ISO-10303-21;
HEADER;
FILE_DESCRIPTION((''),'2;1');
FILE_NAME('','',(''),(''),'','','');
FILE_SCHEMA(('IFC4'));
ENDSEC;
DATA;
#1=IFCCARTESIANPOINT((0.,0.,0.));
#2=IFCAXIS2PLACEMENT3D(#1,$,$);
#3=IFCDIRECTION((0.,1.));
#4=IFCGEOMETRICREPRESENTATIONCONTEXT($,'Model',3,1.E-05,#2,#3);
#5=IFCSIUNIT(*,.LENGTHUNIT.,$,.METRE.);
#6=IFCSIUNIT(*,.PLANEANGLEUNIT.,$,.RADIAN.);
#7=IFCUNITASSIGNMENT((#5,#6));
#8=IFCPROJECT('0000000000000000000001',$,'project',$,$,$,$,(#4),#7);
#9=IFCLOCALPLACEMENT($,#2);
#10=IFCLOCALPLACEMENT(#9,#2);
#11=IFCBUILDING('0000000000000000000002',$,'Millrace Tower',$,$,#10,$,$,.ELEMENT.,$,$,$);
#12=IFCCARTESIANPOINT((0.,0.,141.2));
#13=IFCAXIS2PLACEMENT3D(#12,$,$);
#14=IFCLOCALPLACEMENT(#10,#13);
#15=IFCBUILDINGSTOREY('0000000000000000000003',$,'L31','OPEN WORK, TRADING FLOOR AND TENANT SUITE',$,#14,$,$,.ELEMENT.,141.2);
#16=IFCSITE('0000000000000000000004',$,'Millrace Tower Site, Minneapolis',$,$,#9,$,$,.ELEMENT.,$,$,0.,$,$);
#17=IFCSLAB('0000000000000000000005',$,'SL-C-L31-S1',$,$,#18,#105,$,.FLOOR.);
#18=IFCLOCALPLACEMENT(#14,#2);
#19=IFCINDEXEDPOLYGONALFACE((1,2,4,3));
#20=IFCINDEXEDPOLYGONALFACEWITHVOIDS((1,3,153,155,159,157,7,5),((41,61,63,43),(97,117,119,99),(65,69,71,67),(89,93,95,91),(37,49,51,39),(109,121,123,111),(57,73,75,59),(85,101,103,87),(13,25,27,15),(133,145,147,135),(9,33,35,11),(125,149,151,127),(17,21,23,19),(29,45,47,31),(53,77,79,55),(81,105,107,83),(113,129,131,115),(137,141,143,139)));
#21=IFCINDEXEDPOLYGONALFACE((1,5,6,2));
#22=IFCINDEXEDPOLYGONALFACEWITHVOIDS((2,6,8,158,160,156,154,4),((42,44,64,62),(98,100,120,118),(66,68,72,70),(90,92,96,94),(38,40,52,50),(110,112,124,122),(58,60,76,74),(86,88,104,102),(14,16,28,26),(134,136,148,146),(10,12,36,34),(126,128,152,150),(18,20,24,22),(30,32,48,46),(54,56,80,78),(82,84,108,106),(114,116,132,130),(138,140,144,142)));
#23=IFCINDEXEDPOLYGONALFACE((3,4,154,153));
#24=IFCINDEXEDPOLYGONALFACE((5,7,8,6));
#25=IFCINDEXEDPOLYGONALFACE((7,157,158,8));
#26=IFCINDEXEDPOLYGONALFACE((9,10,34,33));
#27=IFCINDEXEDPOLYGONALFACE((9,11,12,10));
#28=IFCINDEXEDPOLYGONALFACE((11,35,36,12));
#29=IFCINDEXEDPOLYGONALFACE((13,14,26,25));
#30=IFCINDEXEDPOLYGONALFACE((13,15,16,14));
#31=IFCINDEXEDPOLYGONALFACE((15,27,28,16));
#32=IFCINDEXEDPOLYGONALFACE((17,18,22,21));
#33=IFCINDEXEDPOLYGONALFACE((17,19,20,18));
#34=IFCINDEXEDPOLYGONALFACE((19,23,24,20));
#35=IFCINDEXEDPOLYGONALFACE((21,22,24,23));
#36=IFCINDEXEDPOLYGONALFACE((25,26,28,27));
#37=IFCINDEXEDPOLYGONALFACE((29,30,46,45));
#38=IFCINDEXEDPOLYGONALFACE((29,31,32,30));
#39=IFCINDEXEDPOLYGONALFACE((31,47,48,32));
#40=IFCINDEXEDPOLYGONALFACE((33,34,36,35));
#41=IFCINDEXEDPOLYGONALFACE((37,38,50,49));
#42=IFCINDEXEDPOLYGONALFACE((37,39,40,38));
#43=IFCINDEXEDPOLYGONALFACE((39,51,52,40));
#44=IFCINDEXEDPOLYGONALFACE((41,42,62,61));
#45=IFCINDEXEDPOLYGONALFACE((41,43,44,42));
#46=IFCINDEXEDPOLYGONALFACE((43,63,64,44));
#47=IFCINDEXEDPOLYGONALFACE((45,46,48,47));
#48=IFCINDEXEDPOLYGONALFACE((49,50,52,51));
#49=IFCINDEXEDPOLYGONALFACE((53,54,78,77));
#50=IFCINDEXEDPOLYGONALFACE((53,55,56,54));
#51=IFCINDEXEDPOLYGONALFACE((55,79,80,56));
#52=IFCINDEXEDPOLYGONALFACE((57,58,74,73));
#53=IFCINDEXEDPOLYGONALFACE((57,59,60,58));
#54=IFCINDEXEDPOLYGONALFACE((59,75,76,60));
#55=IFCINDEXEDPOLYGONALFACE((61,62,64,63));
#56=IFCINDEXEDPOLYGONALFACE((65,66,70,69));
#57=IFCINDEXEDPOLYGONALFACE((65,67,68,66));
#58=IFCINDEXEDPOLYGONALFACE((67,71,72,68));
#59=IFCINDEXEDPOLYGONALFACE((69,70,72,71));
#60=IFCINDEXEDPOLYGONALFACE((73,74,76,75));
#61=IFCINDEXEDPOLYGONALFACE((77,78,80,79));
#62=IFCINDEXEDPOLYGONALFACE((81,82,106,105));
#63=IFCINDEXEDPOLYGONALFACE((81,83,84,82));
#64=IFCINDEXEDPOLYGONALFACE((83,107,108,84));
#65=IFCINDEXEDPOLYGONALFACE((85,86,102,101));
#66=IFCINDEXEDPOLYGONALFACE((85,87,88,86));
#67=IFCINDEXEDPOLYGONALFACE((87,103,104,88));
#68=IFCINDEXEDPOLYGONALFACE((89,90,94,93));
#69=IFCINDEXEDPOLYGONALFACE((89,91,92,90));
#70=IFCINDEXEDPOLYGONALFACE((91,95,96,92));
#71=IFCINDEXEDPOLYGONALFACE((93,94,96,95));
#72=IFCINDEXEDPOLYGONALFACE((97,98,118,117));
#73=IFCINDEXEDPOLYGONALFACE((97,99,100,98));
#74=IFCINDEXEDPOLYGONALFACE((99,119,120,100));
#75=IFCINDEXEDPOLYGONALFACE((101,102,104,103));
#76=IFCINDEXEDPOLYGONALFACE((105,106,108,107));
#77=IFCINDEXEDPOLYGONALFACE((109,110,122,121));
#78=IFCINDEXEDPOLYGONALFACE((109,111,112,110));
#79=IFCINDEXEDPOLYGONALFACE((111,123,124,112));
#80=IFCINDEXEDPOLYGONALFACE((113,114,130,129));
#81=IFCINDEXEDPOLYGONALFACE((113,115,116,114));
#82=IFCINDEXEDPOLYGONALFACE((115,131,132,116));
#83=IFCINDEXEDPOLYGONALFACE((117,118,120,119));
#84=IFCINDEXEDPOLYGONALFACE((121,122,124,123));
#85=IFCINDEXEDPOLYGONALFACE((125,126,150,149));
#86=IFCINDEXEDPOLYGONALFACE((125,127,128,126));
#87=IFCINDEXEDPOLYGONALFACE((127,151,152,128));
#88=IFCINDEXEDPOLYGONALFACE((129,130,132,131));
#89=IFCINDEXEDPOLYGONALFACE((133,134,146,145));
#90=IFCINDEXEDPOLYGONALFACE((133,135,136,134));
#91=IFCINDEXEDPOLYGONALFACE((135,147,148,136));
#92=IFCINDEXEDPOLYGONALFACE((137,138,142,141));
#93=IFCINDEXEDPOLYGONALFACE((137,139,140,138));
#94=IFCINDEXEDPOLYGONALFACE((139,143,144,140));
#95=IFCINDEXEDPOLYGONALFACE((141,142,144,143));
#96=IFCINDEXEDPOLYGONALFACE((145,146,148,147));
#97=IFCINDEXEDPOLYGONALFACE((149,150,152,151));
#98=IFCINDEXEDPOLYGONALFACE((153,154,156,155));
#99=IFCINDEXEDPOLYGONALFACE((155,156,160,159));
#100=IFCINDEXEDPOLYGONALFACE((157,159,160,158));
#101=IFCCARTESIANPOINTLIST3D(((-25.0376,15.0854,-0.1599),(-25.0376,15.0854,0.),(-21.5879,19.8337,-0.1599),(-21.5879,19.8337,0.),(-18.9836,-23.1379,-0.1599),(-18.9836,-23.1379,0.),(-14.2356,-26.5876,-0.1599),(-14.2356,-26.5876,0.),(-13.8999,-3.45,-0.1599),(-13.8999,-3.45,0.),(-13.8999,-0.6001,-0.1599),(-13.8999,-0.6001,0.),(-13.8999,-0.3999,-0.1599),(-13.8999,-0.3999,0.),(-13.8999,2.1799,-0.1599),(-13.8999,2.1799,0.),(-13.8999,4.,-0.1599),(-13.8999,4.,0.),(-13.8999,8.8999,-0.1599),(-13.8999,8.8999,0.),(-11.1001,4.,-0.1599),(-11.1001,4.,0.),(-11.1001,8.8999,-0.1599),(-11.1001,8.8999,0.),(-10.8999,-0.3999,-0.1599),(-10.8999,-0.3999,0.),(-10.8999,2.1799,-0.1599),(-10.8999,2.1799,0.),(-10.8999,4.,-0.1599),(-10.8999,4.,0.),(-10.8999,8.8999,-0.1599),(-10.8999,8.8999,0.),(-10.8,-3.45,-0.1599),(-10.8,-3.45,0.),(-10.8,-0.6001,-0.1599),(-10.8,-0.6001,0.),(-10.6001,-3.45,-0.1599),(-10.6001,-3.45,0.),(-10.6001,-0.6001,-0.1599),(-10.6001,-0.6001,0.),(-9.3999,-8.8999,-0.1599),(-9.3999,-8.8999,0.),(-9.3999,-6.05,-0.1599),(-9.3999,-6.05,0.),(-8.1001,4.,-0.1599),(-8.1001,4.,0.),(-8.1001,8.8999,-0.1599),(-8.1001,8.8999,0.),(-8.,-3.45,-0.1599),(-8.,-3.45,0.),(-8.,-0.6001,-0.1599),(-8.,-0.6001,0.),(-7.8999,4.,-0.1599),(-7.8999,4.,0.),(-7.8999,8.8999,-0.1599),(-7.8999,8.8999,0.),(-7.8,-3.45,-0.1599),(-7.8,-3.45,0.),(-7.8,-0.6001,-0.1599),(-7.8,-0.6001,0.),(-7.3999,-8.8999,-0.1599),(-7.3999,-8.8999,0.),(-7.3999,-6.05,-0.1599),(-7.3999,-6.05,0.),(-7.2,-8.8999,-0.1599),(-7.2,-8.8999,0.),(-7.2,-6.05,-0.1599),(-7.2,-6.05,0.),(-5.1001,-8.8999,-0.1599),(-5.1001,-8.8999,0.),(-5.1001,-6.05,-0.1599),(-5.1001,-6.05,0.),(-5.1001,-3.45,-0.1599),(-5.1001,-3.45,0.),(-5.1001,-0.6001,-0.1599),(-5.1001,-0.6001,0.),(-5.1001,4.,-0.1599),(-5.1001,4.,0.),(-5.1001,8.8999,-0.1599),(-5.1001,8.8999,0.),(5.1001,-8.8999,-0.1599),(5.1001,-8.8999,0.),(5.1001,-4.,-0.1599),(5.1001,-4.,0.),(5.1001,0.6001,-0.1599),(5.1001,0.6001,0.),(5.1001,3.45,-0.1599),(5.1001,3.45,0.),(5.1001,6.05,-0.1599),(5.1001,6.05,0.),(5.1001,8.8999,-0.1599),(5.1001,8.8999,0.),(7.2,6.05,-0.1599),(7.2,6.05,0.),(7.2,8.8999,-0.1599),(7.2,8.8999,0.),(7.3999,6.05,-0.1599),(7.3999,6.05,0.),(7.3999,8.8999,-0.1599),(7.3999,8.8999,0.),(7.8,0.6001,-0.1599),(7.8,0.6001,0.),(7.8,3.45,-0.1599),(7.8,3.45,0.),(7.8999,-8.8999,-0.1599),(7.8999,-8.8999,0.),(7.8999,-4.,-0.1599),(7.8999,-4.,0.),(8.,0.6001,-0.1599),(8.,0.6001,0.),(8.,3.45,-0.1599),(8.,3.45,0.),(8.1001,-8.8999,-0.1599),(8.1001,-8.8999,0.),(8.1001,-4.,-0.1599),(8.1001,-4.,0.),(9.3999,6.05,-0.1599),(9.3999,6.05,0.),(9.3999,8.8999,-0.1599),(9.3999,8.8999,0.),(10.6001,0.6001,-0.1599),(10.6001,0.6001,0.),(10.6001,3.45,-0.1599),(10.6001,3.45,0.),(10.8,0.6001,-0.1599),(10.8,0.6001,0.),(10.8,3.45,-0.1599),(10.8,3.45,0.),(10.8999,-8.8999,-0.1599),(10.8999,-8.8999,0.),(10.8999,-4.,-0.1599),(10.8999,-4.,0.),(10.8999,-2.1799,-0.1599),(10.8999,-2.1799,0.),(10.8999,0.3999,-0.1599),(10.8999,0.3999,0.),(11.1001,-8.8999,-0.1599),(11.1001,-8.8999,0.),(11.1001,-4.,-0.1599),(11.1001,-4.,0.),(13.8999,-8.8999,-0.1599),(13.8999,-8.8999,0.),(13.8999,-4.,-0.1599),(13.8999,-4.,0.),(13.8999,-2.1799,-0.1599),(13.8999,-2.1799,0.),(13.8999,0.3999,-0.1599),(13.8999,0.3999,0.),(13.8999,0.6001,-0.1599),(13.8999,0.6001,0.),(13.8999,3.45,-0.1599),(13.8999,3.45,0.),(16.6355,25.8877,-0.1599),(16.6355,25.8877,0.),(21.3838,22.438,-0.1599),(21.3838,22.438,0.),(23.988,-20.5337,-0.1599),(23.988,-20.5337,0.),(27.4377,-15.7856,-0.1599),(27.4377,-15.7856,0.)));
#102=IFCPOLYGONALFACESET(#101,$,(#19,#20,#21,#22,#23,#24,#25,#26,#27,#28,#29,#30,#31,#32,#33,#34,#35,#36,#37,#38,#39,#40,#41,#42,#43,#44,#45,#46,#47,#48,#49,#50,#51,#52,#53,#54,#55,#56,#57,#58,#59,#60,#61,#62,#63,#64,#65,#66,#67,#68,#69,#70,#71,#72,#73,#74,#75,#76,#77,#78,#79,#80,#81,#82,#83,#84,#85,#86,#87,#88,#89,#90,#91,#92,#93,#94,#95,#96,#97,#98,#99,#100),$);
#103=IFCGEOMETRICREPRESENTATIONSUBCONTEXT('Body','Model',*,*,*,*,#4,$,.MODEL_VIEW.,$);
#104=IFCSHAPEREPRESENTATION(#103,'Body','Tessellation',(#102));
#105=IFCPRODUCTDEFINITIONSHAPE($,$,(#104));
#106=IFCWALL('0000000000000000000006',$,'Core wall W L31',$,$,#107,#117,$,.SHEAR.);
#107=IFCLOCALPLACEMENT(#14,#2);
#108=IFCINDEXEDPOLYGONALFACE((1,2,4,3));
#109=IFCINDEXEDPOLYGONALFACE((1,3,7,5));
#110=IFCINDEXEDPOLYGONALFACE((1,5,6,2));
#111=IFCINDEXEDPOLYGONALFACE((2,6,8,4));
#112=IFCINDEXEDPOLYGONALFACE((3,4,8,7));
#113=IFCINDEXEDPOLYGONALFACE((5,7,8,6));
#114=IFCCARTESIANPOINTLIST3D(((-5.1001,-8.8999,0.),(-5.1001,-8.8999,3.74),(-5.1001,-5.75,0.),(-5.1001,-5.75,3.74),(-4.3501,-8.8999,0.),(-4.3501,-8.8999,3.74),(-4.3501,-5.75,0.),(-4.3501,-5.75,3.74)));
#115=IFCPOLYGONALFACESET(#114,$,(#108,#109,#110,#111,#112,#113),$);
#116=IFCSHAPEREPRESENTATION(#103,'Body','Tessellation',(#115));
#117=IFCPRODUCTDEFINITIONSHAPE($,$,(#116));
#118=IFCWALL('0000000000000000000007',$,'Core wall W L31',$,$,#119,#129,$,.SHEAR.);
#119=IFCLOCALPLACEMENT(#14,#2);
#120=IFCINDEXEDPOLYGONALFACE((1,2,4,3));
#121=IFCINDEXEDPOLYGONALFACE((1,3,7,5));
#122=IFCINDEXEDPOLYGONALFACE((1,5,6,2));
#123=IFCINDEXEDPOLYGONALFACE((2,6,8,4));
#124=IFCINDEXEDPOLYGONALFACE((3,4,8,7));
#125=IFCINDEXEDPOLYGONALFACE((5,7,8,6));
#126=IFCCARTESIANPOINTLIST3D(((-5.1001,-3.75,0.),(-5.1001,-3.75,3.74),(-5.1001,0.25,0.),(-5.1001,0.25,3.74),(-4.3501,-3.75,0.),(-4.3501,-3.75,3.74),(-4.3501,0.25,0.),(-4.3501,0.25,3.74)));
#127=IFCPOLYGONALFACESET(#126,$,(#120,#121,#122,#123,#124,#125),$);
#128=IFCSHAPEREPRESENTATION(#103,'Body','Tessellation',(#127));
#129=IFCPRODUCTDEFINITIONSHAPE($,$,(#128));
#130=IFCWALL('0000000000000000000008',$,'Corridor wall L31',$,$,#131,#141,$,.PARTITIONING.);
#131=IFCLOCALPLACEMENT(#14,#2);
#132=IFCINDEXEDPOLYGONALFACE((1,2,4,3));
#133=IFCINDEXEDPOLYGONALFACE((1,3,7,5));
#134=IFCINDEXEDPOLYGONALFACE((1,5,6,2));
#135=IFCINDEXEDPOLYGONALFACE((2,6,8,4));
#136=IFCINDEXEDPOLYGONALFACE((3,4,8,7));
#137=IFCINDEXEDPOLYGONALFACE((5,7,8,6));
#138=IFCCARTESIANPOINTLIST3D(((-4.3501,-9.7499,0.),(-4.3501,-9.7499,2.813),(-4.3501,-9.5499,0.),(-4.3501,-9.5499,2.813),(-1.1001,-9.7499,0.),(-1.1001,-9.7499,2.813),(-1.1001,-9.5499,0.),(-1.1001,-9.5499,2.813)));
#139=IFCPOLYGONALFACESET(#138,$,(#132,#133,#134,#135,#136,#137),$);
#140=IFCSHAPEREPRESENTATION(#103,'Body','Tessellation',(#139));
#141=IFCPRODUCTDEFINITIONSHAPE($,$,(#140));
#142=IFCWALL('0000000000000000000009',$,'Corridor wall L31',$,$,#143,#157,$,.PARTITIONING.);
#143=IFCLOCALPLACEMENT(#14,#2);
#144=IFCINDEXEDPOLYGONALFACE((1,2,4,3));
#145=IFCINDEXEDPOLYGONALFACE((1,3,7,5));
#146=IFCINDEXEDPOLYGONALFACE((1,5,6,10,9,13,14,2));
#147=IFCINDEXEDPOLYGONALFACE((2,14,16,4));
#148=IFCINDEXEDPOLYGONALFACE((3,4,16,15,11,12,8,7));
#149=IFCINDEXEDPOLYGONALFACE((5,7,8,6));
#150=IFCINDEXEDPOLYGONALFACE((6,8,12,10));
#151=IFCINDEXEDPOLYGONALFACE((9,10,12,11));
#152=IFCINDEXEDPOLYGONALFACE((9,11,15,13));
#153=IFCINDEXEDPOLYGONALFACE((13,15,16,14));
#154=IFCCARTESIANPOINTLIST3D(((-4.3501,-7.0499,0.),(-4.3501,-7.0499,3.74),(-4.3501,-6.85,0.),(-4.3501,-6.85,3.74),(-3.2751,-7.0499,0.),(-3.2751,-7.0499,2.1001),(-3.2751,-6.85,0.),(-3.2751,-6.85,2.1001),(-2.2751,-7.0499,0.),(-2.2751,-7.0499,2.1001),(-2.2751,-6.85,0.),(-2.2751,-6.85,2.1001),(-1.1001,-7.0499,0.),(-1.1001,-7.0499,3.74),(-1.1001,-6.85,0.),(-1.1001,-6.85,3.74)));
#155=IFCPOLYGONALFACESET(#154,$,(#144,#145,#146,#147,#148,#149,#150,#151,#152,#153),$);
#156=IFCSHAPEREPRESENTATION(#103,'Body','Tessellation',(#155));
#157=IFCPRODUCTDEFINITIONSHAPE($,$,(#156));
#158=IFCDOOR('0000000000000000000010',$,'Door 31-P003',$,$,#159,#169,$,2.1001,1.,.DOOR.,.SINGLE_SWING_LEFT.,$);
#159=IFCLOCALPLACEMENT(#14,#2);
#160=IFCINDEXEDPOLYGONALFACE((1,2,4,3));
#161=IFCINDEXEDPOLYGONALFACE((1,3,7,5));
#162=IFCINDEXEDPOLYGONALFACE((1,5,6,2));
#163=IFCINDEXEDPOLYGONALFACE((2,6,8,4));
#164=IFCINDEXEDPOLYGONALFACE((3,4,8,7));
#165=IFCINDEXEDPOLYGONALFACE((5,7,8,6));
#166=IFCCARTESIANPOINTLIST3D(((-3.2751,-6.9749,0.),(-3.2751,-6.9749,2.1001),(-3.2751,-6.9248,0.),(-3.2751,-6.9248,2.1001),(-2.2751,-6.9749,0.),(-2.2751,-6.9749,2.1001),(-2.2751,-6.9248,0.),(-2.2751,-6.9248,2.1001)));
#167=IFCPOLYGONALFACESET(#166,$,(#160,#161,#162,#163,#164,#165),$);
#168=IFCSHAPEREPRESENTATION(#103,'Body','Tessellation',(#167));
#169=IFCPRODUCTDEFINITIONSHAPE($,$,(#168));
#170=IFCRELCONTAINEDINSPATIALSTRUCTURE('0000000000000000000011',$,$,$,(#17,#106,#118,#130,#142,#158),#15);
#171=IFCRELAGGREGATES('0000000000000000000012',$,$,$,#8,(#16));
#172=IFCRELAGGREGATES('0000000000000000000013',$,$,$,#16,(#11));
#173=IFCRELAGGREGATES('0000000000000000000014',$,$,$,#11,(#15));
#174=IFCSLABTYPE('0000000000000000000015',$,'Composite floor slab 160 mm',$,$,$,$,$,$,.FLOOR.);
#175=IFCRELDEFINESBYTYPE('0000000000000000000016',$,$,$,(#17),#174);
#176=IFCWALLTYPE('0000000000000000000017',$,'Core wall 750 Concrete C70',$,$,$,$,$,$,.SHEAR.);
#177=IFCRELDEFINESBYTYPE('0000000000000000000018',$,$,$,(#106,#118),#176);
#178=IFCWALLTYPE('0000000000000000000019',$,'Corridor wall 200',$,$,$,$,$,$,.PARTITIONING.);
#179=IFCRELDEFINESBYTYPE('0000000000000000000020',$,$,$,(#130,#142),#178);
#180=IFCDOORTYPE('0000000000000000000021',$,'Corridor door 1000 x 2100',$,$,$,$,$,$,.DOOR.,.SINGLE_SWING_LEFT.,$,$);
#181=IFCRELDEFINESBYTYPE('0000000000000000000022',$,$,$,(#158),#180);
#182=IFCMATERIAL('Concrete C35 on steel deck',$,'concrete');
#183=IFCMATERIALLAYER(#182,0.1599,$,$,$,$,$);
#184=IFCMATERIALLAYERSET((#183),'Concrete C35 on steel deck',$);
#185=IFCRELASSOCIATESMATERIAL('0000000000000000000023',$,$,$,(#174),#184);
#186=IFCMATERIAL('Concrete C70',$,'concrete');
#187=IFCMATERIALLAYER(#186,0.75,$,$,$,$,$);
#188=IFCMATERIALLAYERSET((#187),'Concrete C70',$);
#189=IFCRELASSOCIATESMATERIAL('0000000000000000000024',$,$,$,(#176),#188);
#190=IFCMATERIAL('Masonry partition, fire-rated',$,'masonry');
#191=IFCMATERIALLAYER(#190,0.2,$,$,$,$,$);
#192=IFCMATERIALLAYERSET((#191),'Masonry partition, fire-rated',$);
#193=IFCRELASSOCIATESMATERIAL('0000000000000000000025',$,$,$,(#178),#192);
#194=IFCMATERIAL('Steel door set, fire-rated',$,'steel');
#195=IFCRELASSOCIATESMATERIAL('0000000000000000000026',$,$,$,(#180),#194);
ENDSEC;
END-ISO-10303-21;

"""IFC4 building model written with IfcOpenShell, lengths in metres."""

from ifc_helpers import new_model, si_unit, direction, frame, frame_2d, origin, place, context, subcontext, project, spatial, polyline, rectangle, outline, extrude, material, layer, layer_set, type_object, element, fill, save


model = new_model("IFC4")

# Units and contexts
model_context = context("Model", 3, precision=1e-05, world=origin(), true_north=direction((0.0, 1.0)))
body_context = subcontext(model_context, "Body", "Model", "MODEL_VIEW")
ifc_project = project(units=[si_unit("LENGTHUNIT", "METRE"), si_unit("PLANEANGLEUNIT", "RADIAN")], contexts=[model_context])

# Site, building, storey
site_placement = place(None, origin())
site = spatial("IfcSite", under=ifc_project, at=site_placement, Name="Millrace Tower Site, Minneapolis", CompositionType="ELEMENT", RefElevation=0.0)
building_placement = place(site_placement, origin())
building = spatial("IfcBuilding", under=site, at=building_placement, Name="Millrace Tower", CompositionType="ELEMENT")
storey_placement = place(building_placement, frame((0.0, 0.0, 141.2)))
storey = spatial("IfcBuildingStorey", under=building, at=storey_placement, Name="L31", Description="OPEN WORK, TRADING FLOOR AND TENANT SUITE", CompositionType="ELEMENT", Elevation=141.2)

# Slab
ifc_material_1 = material(Name="Concrete C35 on steel deck", Category="concrete")
ifc_layer_1 = layer(ifc_material_1, 0.1599)
ifc_layer_set_1 = layer_set([ifc_layer_1], Name="Concrete C35 on steel deck")
slab_type = type_object("IfcSlabType", Name="Composite floor slab 160 mm", PredefinedType="FLOOR", material=ifc_layer_set_1)
slab_placement = place(storey_placement, frame((0.0, 0.0, -0.1599)))
element("IfcSlab", 1, at=slab_placement, inside=storey, type_object=slab_type, Name="SL-C-L31-S1", PredefinedType="FLOOR", context=body_context, shape_type="SweptSolid", body=[
    extrude(outline(polyline([(-18.9836, -23.1379), (-14.2356, -26.5876), (23.988, -20.5337), (27.4377, -15.7856), (21.3838, 22.438), (16.6355, 25.8877), (-21.5879, 19.8337), (-25.0376, 15.0854), (-18.9836, -23.1379)]), holes=[polyline([(-9.3999, -8.8999), (-7.3999, -8.8999), (-7.3999, -6.05), (-9.3999, -6.05), (-9.3999, -8.8999)]), polyline([(-7.2, -8.8999), (-5.1001, -8.8999), (-5.1001, -6.05), (-7.2, -6.05), (-7.2, -8.8999)]), polyline([(-13.8999, -3.45), (-10.8, -3.45), (-10.8, -0.6001), (-13.8999, -0.6001), (-13.8999, -3.45)]), polyline([(-10.6001, -3.45), (-8.0, -3.45), (-8.0, -0.6001), (-10.6001, -0.6001), (-10.6001, -3.45)]), polyline([(-7.8, -3.45), (-5.1001, -3.45), (-5.1001, -0.6001), (-7.8, -0.6001), (-7.8, -3.45)]), polyline([(-13.8999, -0.3999), (-10.8999, -0.3999), (-10.8999, 2.1799), (-13.8999, 2.1799), (-13.8999, -0.3999)]), polyline([(-13.8999, 4.0), (-11.1001, 4.0), (-11.1001, 8.8999), (-13.8999, 8.8999), (-13.8999, 4.0)]), polyline([(-10.8999, 4.0), (-8.1001, 4.0), (-8.1001, 8.8999), (-10.8999, 8.8999), (-10.8999, 4.0)]), polyline([(-7.8999, 4.0), (-5.1001, 4.0), (-5.1001, 8.8999), (-7.8999, 8.8999), (-7.8999, 4.0)]), polyline([(7.3999, 6.05), (9.3999, 6.05), (9.3999, 8.8999), (7.3999, 8.8999), (7.3999, 6.05)]), polyline([(5.1001, 6.05), (7.2, 6.05), (7.2, 8.8999), (5.1001, 8.8999), (5.1001, 6.05)]), polyline([(10.8, 0.6001), (13.8999, 0.6001), (13.8999, 3.45), (10.8, 3.45), (10.8, 0.6001)]), polyline([(8.0, 0.6001), (10.6001, 0.6001), (10.6001, 3.45), (8.0, 3.45), (8.0, 0.6001)]), polyline([(5.1001, 0.6001), (7.8, 0.6001), (7.8, 3.45), (5.1001, 3.45), (5.1001, 0.6001)]), polyline([(10.8999, -2.1799), (13.8999, -2.1799), (13.8999, 0.3999), (10.8999, 0.3999), (10.8999, -2.1799)]), polyline([(11.1001, -8.8999), (13.8999, -8.8999), (13.8999, -4.0), (11.1001, -4.0), (11.1001, -8.8999)]), polyline([(8.1001, -8.8999), (10.8999, -8.8999), (10.8999, -4.0), (8.1001, -4.0), (8.1001, -8.8999)]), polyline([(5.1001, -8.8999), (7.8999, -8.8999), (7.8999, -4.0), (5.1001, -4.0), (5.1001, -8.8999)])]), origin(), (0.0, 0.0, 1.0), 0.1599),
])

# Walls
ifc_material_2 = material(Name="Concrete C70", Category="concrete")
ifc_layer_2 = layer(ifc_material_2, 0.75)
ifc_layer_set_2 = layer_set([ifc_layer_2], Name="Concrete C70")
wall_type_1 = type_object("IfcWallType", Name="Core wall 750 Concrete C70", PredefinedType="SHEAR", material=ifc_layer_set_2)
wall_1_placement = place(storey_placement, frame((-4.7251, -8.8999, 0.0), z_axis=(0.0, 0.0, 1.0), x_axis=(0.0, 1.0, 0.0)))
element("IfcWall", 2, at=wall_1_placement, inside=storey, type_object=wall_type_1, Name="Core wall W L31", PredefinedType="SHEAR", context=body_context, shape_type="SweptSolid", body=[
    extrude(rectangle(XDim=3.1499, YDim=0.75, at=frame_2d((1.575, 0.0))), origin(), (0.0, 0.0, 1.0), 3.74),
])
wall_2_placement = place(storey_placement, frame((-4.7251, -3.75, 0.0), z_axis=(0.0, 0.0, 1.0), x_axis=(0.0, 1.0, 0.0)))
element("IfcWall", 3, at=wall_2_placement, inside=storey, type_object=wall_type_1, Name="Core wall W L31", PredefinedType="SHEAR", context=body_context, shape_type="SweptSolid", body=[
    extrude(rectangle(XDim=4.0, YDim=0.75, at=frame_2d((2.0, 0.0))), origin(), (0.0, 0.0, 1.0), 3.74),
])
ifc_material_3 = material(Name="Masonry partition, fire-rated", Category="masonry")
ifc_layer_3 = layer(ifc_material_3, 0.2)
ifc_layer_set_3 = layer_set([ifc_layer_3], Name="Masonry partition, fire-rated")
wall_type_2 = type_object("IfcWallType", Name="Corridor wall 200", PredefinedType="PARTITIONING", material=ifc_layer_set_3)
wall_3_placement = place(storey_placement, frame((-4.3501, -9.6499, 0.0), z_axis=(0.0, 0.0, 1.0), x_axis=(1.0, 0.0, 0.0)))
element("IfcWall", 4, at=wall_3_placement, inside=storey, type_object=wall_type_2, Name="Corridor wall L31", PredefinedType="PARTITIONING", context=body_context, shape_type="SweptSolid", body=[
    extrude(rectangle(XDim=3.25, YDim=0.2, at=frame_2d((1.625, 0.0))), origin(), (0.0, 0.0, 1.0), 2.813),
])

# Wall, opening, door
wall_4_placement = place(storey_placement, frame((-4.3501, -6.95, 0.0), z_axis=(0.0, 0.0, 1.0), x_axis=(1.0, 0.0, 0.0)))
wall_4 = element("IfcWall", 5, at=wall_4_placement, inside=storey, type_object=wall_type_2, Name="Corridor wall L31", PredefinedType="PARTITIONING", context=body_context, shape_type="SweptSolid", body=[
    extrude(rectangle(XDim=3.25, YDim=0.2, at=frame_2d((1.625, 0.0))), origin(), (0.0, 0.0, 1.0), 3.74),
])
opening_1_placement = place(wall_4_placement, frame((1.075, 0.0, 0.0)))
opening_1 = element("IfcOpeningElement", 6, at=opening_1_placement, cuts=wall_4, PredefinedType="OPENING", context=body_context, shape_type="SweptSolid", body=[
    extrude(rectangle(XDim=1.0, YDim=2.1001, at=frame_2d((0.5, 1.05))), frame((0.0, 0.1099, 0.0), z_axis=(0.0, -1.0, 0.0), x_axis=(1.0, 0.0, 0.0)), (0.0, 0.0, 1.0), 0.22),
])
ifc_material_4 = material(Name="Steel door set, fire-rated", Category="steel")
door_type_1 = type_object("IfcDoorType", Name="Corridor door 1000 x 2100", OperationType="SINGLE_SWING_LEFT", PredefinedType="DOOR", material=ifc_material_4)
door_1_placement = place(opening_1_placement, frame((1.0, 0.0, 0.0), z_axis=(0.0, 0.0, 1.0), x_axis=(-1.0, 0.0, 0.0)))
door_1 = element("IfcDoor", 7, at=door_1_placement, inside=storey, type_object=door_type_1, Name="Door 31-P003", OperationType="SINGLE_SWING_LEFT", OverallHeight=2.1001, OverallWidth=1.0, PredefinedType="DOOR", context=body_context, shape_type="SweptSolid", body=[
    extrude(rectangle(XDim=1.0, YDim=2.1001, at=frame_2d((0.5, 1.05))), frame((0.0, 0.0249, 0.0), z_axis=(0.0, -1.0, 0.0), x_axis=(1.0, 0.0, 0.0)), (0.0, 0.0, 1.0), 0.05),
])
fill(opening_1, door_1)

save(model, "model.ifc")
